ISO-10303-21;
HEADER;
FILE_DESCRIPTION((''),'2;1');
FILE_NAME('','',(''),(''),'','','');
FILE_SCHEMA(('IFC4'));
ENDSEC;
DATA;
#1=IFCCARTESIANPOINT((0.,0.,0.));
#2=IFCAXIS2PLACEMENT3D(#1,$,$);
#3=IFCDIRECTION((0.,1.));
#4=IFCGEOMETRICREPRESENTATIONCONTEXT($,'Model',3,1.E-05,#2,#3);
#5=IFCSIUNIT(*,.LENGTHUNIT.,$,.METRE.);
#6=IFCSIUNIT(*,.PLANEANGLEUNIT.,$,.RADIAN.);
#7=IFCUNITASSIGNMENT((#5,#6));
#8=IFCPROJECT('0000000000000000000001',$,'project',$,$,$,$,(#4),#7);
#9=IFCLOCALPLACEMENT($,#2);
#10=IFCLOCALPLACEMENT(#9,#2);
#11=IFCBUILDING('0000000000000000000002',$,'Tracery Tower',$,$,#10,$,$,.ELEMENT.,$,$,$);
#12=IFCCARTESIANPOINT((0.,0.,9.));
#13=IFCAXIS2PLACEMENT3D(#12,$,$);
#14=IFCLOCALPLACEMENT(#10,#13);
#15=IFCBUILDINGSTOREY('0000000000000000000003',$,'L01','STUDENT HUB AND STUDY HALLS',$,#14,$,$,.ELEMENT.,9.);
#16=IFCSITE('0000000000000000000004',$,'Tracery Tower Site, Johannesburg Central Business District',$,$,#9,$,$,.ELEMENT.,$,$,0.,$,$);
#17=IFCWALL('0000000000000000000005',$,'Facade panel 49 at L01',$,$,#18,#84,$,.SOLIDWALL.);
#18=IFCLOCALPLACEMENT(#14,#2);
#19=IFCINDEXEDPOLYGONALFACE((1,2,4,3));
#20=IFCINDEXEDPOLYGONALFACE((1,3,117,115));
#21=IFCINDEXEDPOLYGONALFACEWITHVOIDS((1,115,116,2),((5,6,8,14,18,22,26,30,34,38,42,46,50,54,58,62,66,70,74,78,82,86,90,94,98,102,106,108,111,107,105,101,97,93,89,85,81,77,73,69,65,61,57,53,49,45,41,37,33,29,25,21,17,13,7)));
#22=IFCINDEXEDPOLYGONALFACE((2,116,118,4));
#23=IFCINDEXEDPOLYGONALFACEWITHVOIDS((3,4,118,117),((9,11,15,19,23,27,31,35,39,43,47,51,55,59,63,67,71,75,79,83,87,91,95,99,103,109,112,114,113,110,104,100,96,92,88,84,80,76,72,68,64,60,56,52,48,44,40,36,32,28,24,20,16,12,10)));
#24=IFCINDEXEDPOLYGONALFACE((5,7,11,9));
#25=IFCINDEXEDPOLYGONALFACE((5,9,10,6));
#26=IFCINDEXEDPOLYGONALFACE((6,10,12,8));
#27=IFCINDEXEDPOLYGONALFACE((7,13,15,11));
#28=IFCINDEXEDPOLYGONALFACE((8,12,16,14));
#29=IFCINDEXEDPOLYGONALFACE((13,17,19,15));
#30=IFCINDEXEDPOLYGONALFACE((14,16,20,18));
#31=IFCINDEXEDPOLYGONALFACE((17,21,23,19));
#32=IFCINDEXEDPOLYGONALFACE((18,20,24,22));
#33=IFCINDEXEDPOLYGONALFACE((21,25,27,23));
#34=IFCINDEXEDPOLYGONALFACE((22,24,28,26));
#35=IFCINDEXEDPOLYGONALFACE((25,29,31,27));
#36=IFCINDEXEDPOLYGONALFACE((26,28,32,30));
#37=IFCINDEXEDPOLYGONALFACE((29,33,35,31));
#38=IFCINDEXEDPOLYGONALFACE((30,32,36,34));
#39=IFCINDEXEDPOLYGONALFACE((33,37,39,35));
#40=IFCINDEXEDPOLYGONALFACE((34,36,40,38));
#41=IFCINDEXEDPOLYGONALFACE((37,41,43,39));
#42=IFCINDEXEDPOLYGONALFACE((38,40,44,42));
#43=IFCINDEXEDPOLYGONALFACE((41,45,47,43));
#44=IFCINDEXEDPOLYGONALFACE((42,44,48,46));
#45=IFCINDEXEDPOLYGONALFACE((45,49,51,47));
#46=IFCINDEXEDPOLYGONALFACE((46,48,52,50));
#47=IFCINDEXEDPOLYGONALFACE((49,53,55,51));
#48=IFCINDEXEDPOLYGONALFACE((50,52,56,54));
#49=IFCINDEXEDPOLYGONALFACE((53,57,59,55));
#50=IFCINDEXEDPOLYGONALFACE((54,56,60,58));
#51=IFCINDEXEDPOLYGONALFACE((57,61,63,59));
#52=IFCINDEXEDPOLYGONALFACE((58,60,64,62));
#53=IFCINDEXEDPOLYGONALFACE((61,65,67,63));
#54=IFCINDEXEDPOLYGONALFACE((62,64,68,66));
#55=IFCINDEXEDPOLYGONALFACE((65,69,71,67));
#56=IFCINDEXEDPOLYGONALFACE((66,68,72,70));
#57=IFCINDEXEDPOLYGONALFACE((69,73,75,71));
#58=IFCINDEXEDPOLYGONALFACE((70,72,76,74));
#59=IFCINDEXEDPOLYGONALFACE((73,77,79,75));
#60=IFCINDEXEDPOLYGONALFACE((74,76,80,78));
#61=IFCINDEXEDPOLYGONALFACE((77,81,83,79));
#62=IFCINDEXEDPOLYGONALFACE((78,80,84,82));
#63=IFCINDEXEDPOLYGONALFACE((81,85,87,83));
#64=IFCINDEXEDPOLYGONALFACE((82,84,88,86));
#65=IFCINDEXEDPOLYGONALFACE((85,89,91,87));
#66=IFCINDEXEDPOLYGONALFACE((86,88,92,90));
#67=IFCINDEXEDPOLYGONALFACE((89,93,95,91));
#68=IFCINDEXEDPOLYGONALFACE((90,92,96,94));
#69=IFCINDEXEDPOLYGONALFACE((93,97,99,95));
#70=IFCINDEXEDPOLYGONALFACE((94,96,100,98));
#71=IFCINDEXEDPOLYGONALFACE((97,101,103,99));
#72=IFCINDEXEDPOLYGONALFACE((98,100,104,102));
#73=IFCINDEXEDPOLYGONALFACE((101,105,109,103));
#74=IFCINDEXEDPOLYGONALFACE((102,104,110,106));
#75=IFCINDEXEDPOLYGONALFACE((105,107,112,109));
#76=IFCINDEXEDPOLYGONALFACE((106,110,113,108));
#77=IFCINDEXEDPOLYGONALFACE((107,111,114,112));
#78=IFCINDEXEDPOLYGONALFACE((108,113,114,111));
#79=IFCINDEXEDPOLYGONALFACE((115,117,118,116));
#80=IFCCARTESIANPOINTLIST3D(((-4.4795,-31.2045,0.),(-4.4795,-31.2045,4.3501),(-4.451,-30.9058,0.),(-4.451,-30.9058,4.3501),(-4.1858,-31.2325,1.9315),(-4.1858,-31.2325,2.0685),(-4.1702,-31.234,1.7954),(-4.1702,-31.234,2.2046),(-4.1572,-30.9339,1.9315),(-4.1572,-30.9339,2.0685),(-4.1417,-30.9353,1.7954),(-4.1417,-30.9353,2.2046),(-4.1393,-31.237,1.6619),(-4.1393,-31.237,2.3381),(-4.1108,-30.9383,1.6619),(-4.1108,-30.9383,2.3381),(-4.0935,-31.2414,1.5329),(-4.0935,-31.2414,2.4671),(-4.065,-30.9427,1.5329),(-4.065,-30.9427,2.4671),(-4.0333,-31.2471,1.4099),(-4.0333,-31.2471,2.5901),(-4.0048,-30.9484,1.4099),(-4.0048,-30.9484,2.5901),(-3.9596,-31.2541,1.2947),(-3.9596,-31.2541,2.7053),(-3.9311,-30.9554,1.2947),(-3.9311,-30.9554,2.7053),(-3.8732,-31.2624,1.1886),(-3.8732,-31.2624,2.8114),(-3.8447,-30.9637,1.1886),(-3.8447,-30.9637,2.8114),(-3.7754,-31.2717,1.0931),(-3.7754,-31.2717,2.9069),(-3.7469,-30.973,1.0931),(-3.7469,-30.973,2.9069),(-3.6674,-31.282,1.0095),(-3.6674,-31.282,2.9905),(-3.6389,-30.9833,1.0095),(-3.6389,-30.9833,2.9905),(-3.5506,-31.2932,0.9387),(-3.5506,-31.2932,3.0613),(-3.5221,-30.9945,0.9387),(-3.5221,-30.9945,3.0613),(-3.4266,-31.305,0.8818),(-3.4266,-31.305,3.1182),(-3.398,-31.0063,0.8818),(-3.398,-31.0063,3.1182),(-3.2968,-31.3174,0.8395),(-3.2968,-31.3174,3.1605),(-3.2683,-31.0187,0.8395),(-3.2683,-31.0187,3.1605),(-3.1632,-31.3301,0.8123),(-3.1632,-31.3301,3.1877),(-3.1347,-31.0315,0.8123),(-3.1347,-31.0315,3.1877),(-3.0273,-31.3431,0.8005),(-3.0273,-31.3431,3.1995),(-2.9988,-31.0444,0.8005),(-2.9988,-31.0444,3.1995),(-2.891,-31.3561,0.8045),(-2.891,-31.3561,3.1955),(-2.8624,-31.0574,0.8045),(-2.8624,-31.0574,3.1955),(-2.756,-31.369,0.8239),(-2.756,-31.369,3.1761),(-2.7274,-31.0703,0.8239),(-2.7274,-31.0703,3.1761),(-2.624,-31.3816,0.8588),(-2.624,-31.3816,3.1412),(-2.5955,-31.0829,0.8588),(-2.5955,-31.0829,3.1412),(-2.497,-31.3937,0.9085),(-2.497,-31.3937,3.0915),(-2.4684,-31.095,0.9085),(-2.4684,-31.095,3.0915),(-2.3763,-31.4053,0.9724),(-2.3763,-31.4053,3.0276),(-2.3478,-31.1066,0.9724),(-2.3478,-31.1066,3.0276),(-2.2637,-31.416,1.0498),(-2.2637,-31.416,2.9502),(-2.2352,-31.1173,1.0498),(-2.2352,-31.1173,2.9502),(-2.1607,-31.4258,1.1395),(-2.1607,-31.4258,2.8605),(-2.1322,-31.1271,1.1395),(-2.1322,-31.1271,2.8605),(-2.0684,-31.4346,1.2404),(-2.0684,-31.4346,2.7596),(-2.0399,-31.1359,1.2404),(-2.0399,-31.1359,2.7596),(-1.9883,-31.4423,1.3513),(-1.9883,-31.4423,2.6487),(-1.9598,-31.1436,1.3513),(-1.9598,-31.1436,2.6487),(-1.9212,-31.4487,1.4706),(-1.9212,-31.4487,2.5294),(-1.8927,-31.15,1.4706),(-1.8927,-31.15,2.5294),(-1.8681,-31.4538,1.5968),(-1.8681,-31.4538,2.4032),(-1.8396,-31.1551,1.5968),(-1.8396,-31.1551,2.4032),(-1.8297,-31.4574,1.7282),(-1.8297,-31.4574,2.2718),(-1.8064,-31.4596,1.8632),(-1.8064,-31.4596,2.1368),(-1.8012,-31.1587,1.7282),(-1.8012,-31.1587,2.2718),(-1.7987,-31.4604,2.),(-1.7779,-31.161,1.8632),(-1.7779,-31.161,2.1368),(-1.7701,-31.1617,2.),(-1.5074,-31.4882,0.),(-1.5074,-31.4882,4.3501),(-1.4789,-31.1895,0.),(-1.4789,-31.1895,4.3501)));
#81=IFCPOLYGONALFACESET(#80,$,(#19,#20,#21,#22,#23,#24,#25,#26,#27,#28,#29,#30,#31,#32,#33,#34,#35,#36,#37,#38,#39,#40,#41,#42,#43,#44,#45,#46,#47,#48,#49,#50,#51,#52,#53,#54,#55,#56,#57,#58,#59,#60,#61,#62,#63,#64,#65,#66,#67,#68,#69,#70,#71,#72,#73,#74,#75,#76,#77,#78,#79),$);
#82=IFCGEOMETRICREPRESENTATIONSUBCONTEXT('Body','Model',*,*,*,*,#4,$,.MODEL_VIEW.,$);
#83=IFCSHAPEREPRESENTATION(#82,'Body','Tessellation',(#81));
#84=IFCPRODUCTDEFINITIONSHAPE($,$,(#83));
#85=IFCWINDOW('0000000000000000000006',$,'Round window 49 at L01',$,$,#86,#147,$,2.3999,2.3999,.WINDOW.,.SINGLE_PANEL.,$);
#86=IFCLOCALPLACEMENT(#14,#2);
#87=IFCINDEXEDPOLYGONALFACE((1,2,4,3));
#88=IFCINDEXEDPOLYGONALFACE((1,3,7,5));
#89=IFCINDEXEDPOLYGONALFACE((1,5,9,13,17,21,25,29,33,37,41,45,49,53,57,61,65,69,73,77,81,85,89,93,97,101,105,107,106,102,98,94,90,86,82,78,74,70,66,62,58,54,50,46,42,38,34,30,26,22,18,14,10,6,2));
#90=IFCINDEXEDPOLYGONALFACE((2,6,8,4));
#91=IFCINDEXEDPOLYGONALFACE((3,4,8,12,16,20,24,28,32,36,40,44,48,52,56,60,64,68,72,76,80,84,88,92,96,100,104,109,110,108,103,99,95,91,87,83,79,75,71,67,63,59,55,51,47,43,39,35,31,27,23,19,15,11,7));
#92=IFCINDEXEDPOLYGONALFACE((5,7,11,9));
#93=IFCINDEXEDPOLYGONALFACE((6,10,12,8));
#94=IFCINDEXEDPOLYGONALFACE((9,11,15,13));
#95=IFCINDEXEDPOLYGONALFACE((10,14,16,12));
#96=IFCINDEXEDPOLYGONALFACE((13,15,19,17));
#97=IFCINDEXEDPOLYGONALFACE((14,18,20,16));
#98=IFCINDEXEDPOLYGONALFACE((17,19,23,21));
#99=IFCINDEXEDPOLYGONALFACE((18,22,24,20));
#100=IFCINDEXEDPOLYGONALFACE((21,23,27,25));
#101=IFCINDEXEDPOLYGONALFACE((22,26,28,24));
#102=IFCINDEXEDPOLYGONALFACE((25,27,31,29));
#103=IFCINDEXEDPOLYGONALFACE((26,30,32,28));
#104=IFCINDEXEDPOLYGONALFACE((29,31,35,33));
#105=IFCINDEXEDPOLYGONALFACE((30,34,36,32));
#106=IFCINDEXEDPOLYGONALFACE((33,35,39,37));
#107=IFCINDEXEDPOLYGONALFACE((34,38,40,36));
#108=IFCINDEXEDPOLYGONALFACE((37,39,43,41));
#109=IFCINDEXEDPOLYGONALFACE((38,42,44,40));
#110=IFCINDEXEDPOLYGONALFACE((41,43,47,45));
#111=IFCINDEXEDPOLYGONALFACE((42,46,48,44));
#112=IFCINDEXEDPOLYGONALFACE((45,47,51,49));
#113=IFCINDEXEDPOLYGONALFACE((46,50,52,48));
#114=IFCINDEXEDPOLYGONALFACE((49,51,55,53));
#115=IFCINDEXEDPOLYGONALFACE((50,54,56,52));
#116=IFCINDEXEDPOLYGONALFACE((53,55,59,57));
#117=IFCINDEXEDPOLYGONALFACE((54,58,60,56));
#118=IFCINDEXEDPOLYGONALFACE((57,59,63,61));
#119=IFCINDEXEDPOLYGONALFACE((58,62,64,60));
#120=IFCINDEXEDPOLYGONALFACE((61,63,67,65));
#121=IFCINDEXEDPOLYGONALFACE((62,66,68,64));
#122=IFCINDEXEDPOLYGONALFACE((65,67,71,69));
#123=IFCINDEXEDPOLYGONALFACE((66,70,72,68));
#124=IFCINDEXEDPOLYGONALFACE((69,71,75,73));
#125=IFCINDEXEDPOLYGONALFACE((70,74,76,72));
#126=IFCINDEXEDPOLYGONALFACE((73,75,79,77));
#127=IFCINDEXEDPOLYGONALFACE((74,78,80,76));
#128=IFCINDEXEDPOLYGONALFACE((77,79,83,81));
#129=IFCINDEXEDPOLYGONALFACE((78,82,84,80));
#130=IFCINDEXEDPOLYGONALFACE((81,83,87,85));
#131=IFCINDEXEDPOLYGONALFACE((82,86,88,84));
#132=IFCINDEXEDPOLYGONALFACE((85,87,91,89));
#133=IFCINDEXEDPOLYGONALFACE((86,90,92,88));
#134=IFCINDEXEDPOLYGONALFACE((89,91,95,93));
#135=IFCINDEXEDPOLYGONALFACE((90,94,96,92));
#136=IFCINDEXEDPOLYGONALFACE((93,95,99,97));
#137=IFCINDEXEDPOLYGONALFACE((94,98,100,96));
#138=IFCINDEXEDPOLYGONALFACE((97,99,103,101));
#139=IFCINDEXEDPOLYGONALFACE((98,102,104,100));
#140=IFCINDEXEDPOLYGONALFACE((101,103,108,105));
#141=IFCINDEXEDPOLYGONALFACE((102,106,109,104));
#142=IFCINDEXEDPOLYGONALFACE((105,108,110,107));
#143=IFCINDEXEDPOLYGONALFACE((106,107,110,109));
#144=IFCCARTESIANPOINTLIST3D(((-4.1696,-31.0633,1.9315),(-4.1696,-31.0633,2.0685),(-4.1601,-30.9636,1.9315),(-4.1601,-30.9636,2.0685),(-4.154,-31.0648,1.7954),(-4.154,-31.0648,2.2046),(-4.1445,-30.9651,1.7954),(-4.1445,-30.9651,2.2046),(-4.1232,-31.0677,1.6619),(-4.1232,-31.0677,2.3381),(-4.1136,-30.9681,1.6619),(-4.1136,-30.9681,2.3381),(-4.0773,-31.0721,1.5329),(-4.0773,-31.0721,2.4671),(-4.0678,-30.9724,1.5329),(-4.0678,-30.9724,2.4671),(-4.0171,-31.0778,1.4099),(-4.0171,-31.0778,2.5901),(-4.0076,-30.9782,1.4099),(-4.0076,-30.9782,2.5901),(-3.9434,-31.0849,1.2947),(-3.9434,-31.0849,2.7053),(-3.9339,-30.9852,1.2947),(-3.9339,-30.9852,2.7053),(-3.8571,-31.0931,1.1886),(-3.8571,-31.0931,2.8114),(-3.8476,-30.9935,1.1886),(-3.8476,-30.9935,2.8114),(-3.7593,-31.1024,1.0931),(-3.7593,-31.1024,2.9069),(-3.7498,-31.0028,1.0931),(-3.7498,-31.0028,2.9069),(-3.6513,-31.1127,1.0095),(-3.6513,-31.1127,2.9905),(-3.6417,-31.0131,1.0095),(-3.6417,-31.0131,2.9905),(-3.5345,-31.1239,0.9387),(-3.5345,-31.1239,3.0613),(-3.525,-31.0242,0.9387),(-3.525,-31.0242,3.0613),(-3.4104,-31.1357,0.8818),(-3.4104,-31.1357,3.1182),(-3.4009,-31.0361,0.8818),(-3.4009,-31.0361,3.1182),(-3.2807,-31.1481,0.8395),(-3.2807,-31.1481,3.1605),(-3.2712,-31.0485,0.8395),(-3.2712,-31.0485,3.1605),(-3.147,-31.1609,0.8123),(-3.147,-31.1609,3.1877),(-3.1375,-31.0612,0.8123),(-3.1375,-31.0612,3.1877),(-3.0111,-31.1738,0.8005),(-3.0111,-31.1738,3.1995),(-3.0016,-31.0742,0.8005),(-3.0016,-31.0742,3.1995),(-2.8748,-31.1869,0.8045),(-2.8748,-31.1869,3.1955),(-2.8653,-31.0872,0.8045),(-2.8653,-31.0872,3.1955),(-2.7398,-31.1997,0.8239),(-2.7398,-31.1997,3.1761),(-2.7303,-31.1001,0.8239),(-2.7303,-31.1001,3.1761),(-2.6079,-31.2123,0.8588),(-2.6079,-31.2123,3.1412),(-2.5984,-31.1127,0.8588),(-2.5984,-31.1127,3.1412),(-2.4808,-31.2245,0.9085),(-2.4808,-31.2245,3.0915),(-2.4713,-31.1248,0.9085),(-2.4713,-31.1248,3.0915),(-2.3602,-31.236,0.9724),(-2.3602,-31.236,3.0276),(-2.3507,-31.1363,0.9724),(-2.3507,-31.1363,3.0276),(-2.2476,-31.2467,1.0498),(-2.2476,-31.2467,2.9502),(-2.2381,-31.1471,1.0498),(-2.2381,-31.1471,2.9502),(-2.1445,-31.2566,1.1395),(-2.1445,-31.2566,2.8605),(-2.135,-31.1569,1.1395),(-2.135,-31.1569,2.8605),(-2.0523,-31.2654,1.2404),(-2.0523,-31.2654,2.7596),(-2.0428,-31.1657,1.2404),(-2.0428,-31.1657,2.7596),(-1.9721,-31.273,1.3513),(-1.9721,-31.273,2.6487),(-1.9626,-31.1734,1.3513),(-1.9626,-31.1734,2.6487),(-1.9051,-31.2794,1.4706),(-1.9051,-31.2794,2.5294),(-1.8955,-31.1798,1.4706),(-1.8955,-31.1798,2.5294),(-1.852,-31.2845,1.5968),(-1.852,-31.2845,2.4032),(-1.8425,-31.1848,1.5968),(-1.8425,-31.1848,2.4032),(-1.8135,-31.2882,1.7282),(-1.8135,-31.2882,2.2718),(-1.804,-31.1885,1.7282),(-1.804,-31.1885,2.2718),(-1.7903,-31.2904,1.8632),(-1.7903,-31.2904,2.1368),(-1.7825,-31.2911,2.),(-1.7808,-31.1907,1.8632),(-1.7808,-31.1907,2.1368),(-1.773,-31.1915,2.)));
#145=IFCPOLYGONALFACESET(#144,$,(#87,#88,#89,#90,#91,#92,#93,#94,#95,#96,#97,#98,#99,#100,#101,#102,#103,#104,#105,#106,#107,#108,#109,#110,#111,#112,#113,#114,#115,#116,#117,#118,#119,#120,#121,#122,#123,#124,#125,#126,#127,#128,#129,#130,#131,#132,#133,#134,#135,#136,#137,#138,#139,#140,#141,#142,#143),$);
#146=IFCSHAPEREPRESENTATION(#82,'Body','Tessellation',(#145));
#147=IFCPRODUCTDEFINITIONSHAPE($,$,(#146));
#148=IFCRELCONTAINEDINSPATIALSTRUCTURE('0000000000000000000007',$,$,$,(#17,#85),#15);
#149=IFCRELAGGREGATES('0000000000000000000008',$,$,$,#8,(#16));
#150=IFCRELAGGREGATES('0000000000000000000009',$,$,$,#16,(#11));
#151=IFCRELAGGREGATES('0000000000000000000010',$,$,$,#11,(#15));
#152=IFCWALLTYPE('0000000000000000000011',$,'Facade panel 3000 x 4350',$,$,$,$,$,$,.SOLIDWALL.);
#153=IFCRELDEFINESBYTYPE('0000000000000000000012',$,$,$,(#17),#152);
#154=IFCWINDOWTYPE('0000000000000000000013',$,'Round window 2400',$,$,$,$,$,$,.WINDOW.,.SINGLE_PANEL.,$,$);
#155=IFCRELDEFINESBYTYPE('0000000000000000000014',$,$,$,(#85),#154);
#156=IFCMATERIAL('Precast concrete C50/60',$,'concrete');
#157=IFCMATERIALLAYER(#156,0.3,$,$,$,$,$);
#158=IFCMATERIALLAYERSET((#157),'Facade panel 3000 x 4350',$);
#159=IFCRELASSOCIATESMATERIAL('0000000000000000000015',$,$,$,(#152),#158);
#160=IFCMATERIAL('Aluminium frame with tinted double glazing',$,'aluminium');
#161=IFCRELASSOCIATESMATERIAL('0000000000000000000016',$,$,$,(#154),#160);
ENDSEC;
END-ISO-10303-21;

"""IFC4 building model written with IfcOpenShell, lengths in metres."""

from ifc_helpers import new_model, si_unit, direction, frame, frame_2d, origin, origin_2d, place, context, subcontext, project, spatial, rectangle, circle, extrude, material, layer, layer_set, type_object, element, fill, save


model = new_model("IFC4")

# Units and contexts
model_context = context("Model", 3, precision=1e-05, world=origin(), true_north=direction((0.0, 1.0)))
body_context = subcontext(model_context, "Body", "Model", "MODEL_VIEW")
ifc_project = project(units=[si_unit("LENGTHUNIT", "METRE"), si_unit("PLANEANGLEUNIT", "RADIAN")], contexts=[model_context])

# Site, building, storey
site_placement = place(None, origin())
site = spatial("IfcSite", under=ifc_project, at=site_placement, Name="Tracery Tower Site, Johannesburg Central Business District", CompositionType="ELEMENT", RefElevation=0.0)
building_placement = place(site_placement, origin())
building = spatial("IfcBuilding", under=site, at=building_placement, Name="Tracery Tower", CompositionType="ELEMENT")
storey_placement = place(building_placement, frame((0.0, 0.0, 9.0)))
storey = spatial("IfcBuildingStorey", under=building, at=storey_placement, Name="L01", Description="STUDENT HUB AND STUDY HALLS", CompositionType="ELEMENT", Elevation=9.0)

# Wall, opening, window
ifc_material_1 = material(Name="Precast concrete C50/60", Category="concrete")
ifc_layer_1 = layer(ifc_material_1, 0.3)
ifc_layer_set_1 = layer_set([ifc_layer_1], Name="Facade panel 3000 x 4350")
wall_type_1 = type_object("IfcWallType", Name="Facade panel 3000 x 4350", PredefinedType="SOLIDWALL", material=ifc_layer_set_1)
ifc_material_2 = material(Name="Aluminium frame with tinted double glazing", Category="aluminium")
window_type = type_object("IfcWindowType", Name="Round window 2400", PartitioningType="SINGLE_PANEL", PredefinedType="WINDOW", material=ifc_material_2)
wall_1_placement = place(storey_placement, frame((-4.4651, -31.0552, 0.0), z_axis=(0.0, 0.0, 1.0), x_axis=(0.995476, -0.095017, 0.0)))
wall_1 = element("IfcWall", 1, at=wall_1_placement, inside=storey, type_object=wall_type_1, Name="Facade panel 49 at L01", PredefinedType="SOLIDWALL", context=body_context, shape_type="SweptSolid", body=[
    extrude(rectangle(XDim=2.9856, YDim=0.3, at=frame_2d((1.4927, 0.0))), origin(), (0.0, 0.0, 1.0), 4.3501),
])
opening_1_placement = place(wall_1_placement, frame((1.4929, 0.0, 2.0)))
opening_1 = element("IfcOpeningElement", 2, at=opening_1_placement, cuts=wall_1, PredefinedType="OPENING", context=body_context, shape_type="SweptSolid", body=[
    extrude(circle(Radius=1.2, at=origin_2d()), frame((0.0, 0.1599, 0.0), z_axis=(0.0, -1.0, 0.0), x_axis=(1.0, 0.0, 0.0)), (0.0, 0.0, 1.0), 0.3201),
])
window_1_placement = place(opening_1_placement, origin())
window_1 = element("IfcWindow", 3, at=window_1_placement, inside=storey, type_object=window_type, Name="Round window 49 at L01", OverallHeight=2.3999, OverallWidth=2.3999, PartitioningType="SINGLE_PANEL", PredefinedType="WINDOW", context=body_context, shape_type="SweptSolid", body=[
    extrude(circle(Radius=1.2, at=origin_2d()), frame((0.0, 0.1201, 0.0), z_axis=(0.0, -1.0, 0.0), x_axis=(1.0, 0.0, 0.0)), (0.0, 0.0, 1.0), 0.1001),
])
fill(opening_1, window_1)

save(model, "model.ifc")
